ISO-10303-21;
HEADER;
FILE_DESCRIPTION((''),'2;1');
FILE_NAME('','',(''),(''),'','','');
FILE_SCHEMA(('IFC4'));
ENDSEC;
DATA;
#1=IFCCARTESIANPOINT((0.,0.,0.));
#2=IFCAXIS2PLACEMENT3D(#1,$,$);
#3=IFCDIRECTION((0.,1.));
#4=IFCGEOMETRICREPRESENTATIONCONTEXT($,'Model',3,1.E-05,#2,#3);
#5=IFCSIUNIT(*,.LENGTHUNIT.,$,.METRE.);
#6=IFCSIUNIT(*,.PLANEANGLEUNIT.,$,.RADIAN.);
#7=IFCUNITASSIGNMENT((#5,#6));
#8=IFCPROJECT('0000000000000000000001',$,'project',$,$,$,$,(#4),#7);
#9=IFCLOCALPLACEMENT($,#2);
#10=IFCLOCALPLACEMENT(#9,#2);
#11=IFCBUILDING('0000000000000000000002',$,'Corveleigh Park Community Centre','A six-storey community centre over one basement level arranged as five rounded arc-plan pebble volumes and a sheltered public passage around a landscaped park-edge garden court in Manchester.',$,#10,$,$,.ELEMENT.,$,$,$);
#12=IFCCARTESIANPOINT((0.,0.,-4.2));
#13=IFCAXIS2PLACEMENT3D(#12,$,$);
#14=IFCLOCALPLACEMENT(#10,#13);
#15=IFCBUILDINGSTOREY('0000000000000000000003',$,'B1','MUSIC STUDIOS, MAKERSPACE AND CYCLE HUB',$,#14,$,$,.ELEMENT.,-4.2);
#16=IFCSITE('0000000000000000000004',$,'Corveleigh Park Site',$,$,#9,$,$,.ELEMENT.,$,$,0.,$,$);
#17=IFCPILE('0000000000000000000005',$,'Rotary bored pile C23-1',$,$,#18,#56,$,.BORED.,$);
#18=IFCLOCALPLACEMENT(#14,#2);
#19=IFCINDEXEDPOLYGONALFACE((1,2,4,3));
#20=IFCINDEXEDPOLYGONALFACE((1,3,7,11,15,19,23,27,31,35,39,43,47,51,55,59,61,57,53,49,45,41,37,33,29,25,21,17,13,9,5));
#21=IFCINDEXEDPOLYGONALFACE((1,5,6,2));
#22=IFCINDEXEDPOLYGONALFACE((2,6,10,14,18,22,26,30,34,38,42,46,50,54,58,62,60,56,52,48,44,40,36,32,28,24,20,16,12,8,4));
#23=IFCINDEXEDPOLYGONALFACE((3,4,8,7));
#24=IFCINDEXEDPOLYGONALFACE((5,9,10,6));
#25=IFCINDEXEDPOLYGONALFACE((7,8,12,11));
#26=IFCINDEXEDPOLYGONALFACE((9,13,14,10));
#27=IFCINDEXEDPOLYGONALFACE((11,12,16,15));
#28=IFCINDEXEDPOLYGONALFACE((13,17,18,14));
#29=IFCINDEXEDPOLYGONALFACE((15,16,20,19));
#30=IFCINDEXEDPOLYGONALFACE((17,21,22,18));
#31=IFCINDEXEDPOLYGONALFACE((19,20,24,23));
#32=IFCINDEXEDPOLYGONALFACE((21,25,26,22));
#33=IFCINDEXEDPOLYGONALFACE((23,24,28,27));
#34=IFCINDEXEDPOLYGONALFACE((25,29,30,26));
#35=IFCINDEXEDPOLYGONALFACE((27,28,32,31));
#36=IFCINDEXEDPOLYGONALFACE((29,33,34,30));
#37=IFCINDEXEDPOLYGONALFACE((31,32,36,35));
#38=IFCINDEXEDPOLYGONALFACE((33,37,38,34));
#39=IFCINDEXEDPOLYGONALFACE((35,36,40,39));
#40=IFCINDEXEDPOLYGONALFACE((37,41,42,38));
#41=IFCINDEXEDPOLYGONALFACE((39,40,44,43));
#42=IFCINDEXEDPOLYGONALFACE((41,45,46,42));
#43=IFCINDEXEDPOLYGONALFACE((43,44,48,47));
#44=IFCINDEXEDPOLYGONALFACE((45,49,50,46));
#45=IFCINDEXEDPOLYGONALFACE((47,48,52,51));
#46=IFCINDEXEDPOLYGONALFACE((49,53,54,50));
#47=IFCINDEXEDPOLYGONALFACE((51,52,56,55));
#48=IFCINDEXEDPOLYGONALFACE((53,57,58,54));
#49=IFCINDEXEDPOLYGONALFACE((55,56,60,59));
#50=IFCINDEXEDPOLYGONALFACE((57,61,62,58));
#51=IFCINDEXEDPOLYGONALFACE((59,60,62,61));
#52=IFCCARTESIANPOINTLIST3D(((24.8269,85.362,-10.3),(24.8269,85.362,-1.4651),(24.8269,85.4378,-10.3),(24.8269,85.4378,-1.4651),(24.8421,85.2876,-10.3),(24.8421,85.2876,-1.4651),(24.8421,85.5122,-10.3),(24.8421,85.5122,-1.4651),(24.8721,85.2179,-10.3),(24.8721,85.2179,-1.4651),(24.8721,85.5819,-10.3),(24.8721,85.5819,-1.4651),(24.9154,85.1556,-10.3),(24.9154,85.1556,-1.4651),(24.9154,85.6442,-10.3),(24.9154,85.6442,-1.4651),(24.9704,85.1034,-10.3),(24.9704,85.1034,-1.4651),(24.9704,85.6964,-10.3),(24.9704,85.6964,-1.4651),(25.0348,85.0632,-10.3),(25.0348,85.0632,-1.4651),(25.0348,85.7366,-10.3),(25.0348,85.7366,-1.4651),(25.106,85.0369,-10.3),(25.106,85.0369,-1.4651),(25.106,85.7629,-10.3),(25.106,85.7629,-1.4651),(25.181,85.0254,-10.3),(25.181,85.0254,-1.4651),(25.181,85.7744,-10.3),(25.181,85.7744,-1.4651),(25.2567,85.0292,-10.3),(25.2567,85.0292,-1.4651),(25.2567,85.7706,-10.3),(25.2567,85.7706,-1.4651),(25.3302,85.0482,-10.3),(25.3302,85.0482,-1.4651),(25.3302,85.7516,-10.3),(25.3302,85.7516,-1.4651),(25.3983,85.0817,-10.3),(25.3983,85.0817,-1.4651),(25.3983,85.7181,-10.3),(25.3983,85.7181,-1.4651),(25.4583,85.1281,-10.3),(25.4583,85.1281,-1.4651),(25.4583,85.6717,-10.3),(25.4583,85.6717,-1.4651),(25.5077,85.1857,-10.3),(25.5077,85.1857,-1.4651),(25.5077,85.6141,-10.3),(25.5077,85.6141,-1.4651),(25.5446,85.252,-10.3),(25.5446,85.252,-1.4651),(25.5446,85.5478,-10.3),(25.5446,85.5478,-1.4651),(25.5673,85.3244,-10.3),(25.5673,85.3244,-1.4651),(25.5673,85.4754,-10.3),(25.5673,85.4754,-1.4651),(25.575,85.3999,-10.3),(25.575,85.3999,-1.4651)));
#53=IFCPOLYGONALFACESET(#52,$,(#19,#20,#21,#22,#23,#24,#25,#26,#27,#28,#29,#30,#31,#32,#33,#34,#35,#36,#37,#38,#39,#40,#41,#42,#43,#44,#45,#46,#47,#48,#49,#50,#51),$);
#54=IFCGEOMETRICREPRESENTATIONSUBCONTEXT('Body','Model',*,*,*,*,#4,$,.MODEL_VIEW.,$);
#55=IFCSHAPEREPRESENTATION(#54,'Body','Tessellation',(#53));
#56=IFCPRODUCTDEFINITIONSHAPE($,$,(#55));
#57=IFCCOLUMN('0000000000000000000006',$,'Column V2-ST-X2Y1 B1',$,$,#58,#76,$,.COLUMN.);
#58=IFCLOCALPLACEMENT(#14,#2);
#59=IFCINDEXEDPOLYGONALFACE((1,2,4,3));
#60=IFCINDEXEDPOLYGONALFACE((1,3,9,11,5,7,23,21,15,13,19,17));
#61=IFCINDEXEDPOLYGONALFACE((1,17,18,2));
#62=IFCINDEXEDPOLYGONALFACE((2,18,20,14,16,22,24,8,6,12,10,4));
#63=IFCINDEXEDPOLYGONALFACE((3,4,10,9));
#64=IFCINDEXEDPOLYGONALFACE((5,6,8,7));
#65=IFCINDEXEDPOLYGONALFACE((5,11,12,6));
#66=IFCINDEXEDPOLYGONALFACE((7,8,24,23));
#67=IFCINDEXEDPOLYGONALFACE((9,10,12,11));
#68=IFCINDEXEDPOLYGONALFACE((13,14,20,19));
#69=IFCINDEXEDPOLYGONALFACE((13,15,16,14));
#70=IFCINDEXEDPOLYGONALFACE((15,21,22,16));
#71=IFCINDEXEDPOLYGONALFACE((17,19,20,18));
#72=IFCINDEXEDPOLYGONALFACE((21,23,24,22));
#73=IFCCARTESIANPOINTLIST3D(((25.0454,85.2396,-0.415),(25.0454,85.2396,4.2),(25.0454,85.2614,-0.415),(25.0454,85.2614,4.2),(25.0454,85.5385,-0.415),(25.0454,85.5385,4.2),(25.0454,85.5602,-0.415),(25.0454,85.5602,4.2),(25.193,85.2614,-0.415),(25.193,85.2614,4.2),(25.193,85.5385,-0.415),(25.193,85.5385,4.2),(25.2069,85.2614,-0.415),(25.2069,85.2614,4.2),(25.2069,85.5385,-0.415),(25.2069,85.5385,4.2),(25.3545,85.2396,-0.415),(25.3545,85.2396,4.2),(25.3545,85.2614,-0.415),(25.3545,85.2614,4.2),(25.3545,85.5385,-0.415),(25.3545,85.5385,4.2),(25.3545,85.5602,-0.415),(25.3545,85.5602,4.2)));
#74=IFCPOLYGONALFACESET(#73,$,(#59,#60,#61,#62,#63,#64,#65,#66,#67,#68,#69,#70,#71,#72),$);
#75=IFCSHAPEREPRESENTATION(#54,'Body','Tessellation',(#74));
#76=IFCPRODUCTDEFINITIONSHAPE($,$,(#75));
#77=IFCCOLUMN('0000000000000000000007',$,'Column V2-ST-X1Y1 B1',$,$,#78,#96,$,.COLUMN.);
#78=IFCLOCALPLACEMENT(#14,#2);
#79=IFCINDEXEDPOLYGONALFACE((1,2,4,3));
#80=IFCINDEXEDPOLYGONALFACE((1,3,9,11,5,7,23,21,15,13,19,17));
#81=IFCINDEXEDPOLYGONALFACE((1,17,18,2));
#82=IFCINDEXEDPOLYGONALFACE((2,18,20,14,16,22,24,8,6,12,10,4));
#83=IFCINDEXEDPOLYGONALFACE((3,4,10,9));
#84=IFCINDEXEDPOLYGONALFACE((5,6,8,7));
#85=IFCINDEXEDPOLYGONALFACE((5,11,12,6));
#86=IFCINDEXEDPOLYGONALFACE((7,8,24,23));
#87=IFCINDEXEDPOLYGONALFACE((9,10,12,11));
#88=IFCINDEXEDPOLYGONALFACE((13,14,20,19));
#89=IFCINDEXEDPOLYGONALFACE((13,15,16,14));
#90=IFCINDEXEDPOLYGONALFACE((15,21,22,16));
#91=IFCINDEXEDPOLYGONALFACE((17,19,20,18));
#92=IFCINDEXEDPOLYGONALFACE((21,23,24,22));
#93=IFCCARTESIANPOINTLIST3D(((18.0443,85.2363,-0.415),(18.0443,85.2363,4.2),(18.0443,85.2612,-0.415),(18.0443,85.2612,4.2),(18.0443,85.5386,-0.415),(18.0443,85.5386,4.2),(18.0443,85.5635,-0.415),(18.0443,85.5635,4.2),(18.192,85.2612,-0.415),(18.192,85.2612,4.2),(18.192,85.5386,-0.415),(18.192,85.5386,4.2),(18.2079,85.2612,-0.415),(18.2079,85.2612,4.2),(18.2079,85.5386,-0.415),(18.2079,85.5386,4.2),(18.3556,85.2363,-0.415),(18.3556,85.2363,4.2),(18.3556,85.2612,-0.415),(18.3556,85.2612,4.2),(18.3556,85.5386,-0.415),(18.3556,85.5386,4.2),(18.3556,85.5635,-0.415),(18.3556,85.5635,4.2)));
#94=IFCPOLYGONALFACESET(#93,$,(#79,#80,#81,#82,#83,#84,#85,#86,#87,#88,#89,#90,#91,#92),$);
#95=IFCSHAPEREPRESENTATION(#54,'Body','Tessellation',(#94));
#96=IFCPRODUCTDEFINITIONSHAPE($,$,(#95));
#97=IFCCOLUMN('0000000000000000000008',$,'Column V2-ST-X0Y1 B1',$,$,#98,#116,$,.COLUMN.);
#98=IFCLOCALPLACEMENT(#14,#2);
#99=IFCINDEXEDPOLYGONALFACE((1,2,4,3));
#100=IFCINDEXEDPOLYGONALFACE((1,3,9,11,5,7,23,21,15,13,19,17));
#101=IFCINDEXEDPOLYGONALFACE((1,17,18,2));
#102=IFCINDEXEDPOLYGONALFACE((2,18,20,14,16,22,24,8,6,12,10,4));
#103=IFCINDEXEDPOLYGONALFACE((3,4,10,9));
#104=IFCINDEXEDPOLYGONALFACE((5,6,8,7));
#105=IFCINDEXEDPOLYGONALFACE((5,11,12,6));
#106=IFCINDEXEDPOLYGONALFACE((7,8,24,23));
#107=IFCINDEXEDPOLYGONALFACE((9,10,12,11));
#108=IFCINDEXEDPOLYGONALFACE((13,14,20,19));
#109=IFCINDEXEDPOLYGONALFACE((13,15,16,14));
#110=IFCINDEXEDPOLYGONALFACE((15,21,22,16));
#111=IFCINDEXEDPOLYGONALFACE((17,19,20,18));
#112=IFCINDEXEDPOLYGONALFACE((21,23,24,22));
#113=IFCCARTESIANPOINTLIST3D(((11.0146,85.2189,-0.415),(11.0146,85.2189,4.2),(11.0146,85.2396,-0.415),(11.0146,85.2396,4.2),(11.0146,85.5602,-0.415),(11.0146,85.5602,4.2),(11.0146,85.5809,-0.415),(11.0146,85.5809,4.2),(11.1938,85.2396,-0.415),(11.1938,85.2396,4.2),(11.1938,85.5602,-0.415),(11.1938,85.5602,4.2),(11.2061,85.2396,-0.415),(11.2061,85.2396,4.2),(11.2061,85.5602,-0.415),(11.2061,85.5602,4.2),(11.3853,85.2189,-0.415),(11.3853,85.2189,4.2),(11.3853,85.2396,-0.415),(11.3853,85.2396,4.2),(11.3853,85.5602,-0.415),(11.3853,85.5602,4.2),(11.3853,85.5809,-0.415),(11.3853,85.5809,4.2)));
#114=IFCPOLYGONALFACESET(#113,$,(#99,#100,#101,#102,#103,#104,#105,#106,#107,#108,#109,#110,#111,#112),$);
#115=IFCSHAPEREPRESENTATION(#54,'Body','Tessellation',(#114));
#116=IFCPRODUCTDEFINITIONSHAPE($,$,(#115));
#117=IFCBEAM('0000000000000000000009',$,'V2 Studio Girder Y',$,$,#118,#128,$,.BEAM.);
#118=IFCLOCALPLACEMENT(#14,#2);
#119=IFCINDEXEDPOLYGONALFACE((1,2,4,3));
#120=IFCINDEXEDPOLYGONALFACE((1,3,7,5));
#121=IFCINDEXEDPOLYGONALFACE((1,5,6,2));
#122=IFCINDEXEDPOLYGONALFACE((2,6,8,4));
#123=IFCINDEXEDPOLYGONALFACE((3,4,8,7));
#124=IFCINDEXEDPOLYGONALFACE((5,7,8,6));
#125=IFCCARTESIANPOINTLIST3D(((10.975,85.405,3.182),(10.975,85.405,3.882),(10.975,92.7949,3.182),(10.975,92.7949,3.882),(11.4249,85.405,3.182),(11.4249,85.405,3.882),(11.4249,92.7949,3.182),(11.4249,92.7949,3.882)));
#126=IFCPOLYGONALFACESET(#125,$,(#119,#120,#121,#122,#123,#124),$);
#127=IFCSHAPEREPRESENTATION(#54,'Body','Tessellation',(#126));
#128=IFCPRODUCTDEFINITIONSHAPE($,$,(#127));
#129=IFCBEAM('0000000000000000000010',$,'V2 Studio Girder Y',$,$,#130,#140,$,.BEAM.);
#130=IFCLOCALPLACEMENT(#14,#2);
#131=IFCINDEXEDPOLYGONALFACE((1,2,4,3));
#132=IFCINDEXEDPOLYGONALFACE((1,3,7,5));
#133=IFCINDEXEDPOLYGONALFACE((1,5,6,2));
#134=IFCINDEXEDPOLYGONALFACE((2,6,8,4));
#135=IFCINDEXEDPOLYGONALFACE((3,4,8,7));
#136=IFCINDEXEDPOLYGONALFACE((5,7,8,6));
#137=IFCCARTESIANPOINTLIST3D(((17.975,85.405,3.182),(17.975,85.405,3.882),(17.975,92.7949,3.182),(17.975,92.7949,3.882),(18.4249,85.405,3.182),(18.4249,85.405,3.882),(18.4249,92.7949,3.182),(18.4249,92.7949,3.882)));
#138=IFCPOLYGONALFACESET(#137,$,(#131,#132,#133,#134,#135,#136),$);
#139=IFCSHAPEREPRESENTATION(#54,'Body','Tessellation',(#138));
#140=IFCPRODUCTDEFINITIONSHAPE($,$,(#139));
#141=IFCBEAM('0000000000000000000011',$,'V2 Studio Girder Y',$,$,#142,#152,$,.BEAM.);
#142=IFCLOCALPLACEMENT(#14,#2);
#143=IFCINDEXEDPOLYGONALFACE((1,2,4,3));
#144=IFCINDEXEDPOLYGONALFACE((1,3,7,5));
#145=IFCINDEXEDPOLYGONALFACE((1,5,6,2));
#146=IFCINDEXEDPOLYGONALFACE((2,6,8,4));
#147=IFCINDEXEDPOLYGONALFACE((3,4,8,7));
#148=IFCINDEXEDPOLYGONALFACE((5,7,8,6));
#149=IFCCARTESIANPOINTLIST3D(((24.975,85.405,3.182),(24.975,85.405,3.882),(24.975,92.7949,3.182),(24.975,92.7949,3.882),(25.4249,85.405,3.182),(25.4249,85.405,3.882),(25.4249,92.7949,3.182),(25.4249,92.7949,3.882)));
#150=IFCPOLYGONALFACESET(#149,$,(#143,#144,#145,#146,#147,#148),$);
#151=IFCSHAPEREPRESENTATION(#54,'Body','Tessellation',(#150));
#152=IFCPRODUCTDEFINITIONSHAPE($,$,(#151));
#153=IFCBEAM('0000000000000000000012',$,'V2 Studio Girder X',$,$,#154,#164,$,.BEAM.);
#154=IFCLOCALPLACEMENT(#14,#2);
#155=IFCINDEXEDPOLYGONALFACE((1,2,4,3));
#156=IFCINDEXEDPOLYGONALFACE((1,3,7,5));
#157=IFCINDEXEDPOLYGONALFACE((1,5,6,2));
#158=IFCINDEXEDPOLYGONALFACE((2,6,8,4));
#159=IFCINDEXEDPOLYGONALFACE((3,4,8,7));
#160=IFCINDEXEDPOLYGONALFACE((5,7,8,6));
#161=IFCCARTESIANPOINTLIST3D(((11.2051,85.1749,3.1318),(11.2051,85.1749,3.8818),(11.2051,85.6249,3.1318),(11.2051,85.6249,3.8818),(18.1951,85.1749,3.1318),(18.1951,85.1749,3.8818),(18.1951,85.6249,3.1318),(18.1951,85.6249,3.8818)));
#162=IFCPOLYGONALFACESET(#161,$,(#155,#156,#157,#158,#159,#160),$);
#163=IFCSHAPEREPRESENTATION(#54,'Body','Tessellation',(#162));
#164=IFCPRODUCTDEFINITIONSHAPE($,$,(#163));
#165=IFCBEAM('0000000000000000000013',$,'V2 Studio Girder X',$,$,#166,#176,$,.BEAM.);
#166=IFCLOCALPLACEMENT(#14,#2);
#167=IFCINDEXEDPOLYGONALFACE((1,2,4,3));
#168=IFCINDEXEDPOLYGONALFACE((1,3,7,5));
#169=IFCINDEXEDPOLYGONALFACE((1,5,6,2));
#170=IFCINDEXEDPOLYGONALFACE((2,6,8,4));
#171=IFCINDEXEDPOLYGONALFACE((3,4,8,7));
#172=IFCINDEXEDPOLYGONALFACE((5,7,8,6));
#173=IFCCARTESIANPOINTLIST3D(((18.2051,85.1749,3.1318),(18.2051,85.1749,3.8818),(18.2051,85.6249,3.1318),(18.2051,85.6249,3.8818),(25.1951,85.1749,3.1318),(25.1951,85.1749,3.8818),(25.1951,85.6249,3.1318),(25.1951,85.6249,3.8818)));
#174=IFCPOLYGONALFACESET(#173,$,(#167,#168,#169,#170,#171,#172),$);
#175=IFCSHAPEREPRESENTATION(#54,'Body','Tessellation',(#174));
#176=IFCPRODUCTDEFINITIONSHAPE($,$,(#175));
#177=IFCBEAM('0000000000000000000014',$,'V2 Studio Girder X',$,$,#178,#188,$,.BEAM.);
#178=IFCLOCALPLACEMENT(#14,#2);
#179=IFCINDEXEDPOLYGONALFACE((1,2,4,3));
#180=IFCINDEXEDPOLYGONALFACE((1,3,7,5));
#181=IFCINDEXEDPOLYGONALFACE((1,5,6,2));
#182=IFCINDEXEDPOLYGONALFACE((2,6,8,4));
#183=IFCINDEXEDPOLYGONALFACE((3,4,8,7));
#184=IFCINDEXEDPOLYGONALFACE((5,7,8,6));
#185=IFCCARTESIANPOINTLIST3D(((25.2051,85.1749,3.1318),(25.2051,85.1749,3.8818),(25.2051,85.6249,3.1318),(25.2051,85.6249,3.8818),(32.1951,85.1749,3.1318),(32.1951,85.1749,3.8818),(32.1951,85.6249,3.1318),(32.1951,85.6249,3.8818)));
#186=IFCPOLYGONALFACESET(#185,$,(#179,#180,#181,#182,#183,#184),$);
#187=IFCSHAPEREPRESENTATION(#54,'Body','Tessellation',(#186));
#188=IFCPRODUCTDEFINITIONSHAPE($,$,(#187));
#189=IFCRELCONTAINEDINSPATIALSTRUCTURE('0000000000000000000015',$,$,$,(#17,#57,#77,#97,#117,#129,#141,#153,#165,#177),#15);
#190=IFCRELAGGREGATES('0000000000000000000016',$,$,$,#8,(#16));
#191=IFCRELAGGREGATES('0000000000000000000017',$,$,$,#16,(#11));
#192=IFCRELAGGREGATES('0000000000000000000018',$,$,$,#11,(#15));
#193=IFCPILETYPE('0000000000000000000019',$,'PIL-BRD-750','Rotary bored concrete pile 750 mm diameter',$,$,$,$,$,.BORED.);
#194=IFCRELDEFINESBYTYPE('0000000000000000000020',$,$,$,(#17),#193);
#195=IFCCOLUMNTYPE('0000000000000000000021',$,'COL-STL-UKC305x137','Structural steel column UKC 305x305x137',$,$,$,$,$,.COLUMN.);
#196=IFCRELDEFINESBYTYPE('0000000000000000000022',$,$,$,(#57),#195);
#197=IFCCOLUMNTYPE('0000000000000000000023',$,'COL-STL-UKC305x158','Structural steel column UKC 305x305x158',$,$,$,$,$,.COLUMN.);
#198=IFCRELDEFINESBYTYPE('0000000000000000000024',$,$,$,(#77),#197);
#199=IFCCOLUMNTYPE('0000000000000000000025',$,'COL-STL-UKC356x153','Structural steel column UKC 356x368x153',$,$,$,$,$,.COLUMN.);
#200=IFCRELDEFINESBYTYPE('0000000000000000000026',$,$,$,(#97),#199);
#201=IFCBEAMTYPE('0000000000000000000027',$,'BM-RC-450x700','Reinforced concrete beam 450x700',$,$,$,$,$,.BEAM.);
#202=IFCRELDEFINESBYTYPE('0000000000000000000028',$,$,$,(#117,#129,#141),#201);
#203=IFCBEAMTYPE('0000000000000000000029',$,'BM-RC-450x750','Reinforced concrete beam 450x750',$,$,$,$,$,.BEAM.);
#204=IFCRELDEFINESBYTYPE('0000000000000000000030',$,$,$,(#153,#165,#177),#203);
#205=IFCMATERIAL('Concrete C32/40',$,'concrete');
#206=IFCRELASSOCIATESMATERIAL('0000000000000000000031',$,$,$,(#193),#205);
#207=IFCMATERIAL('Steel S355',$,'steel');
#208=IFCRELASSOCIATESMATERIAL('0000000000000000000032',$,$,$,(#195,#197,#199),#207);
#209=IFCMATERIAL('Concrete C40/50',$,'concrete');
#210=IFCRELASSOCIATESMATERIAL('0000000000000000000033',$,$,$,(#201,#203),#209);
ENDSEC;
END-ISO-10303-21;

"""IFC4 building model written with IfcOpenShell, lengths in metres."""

from ifc_helpers import new_model, si_unit, direction, frame, origin, origin_2d, place, context, subcontext, project, spatial, rectangle, circle, i_section, extrude, material, material_profile, profile_set, type_object, element, save


model = new_model("IFC4")

# Units and contexts
model_context = context("Model", 3, precision=1e-05, world=origin(), true_north=direction((0.0, 1.0)))
body_context = subcontext(model_context, "Body", "Model", "MODEL_VIEW")
ifc_project = project(units=[si_unit("LENGTHUNIT", "METRE"), si_unit("PLANEANGLEUNIT", "RADIAN")], contexts=[model_context])

# Site, building, storey
site_placement = place(None, origin())
site = spatial("IfcSite", under=ifc_project, at=site_placement, Name="Corveleigh Park Site", CompositionType="ELEMENT", RefElevation=0.0)
building_placement = place(site_placement, origin())
building = spatial("IfcBuilding", under=site, at=building_placement, Name="Corveleigh Park Community Centre", Description="A six-storey community centre over one basement level arranged as five rounded arc-plan pebble volumes and a sheltered public passage around a landscaped park-edge garden court in Manchester.", CompositionType="ELEMENT")
storey_placement = place(building_placement, frame((0.0, 0.0, -4.2)))
storey = spatial("IfcBuildingStorey", under=building, at=storey_placement, Name="B1", Description="MUSIC STUDIOS, MAKERSPACE AND CYCLE HUB", CompositionType="ELEMENT", Elevation=-4.2)

# Shared definitions
ifc_material_1 = material(Name="Concrete C40/50", Category="concrete")

# Pile
ifc_material_2 = material(Name="Concrete C32/40", Category="concrete")
ifc_material_profile_1 = material_profile(ifc_material_2, circle(Radius=0.375, at=origin_2d()), Name="BORED-PILE-750", Category="concrete")
ifc_profile_set_1 = profile_set([ifc_material_profile_1], Name="Concrete C32/40")
pile_type = type_object("IfcPileType", Name="PIL-BRD-750", Description="Rotary bored concrete pile 750 mm diameter", PredefinedType="BORED", material=ifc_profile_set_1)
for number, where, z_axis, x_axis, name in (
    (1, (25.2, 85.3999, -1.4651), (0.0, 0.0, -1.0), (1.0, 0.0, 0.0), "Rotary bored pile C23-1"),
):
    element("IfcPile", number, at=place(storey_placement, frame(where, z_axis=z_axis, x_axis=x_axis)), inside=storey, type_object=pile_type, Name=name, PredefinedType="BORED", context=body_context, shape_type="SweptSolid", body=[
        extrude(circle(Radius=0.375, at=origin_2d()), origin(), (0.0, 0.0, 1.0), 8.835),
    ])

# Columns
ifc_material_3 = material(Name="Steel S355", Category="steel")
ifc_material_profile_2 = material_profile(ifc_material_3, i_section(OverallWidth=0.3091, OverallDepth=0.3206, WebThickness=0.0139, FlangeThickness=0.0217, at=origin_2d()), Name="UKC 305x305x137", Category="steel")
ifc_profile_set_2 = profile_set([ifc_material_profile_2], Name="Steel S355")
column_type_1 = type_object("IfcColumnType", Name="COL-STL-UKC305x137", Description="Structural steel column UKC 305x305x137", PredefinedType="COLUMN", material=ifc_profile_set_2)
column_1_placement = place(storey_placement, frame((25.2, 85.3999, -0.415), z_axis=(0.0, 0.0, 1.0), x_axis=(1.0, 0.0, 0.0)))
element("IfcColumn", 2, at=column_1_placement, inside=storey, type_object=column_type_1, Name="Column V2-ST-X2Y1 B1", PredefinedType="COLUMN", context=body_context, shape_type="SweptSolid", body=[
    extrude(i_section(OverallWidth=0.3091, OverallDepth=0.3206, WebThickness=0.0139, FlangeThickness=0.0217, at=origin_2d()), origin(), (0.0, 0.0, 1.0), 4.615),
])
ifc_material_profile_3 = material_profile(ifc_material_3, i_section(OverallWidth=0.3113, OverallDepth=0.3271, WebThickness=0.0159, FlangeThickness=0.0249, at=origin_2d()), Name="UKC 305x305x158", Category="steel")
ifc_profile_set_3 = profile_set([ifc_material_profile_3], Name="Steel S355")
column_type_2 = type_object("IfcColumnType", Name="COL-STL-UKC305x158", Description="Structural steel column UKC 305x305x158", PredefinedType="COLUMN", material=ifc_profile_set_3)
column_2_placement = place(storey_placement, frame((18.2, 85.3999, -0.415), z_axis=(0.0, 0.0, 1.0), x_axis=(1.0, 0.0, 0.0)))
element("IfcColumn", 3, at=column_2_placement, inside=storey, type_object=column_type_2, Name="Column V2-ST-X1Y1 B1", PredefinedType="COLUMN", context=body_context, shape_type="SweptSolid", body=[
    extrude(i_section(OverallWidth=0.3113, OverallDepth=0.3271, WebThickness=0.0159, FlangeThickness=0.0249, at=origin_2d()), origin(), (0.0, 0.0, 1.0), 4.615),
])
ifc_material_profile_4 = material_profile(ifc_material_3, i_section(OverallWidth=0.3706, OverallDepth=0.3621, WebThickness=0.0122, FlangeThickness=0.0208, at=origin_2d()), Name="UKC 356x368x153", Category="steel")
ifc_profile_set_4 = profile_set([ifc_material_profile_4], Name="Steel S355")
column_type_3 = type_object("IfcColumnType", Name="COL-STL-UKC356x153", Description="Structural steel column UKC 356x368x153", PredefinedType="COLUMN", material=ifc_profile_set_4)
column_3_placement = place(storey_placement, frame((11.2, 85.3999, -0.415), z_axis=(0.0, 0.0, 1.0), x_axis=(1.0, 0.0, 0.0)))
element("IfcColumn", 4, at=column_3_placement, inside=storey, type_object=column_type_3, Name="Column V2-ST-X0Y1 B1", PredefinedType="COLUMN", context=body_context, shape_type="SweptSolid", body=[
    extrude(i_section(OverallWidth=0.3706, OverallDepth=0.3621, WebThickness=0.0122, FlangeThickness=0.0208, at=origin_2d()), origin(), (0.0, 0.0, 1.0), 4.615),
])

# Beams
ifc_material_profile_5 = material_profile(ifc_material_1, rectangle(XDim=0.45, YDim=0.7, at=origin_2d()), Name="RC-450x700", Category="concrete")
ifc_profile_set_5 = profile_set([ifc_material_profile_5], Name="Concrete C40/50")
beam_type_1 = type_object("IfcBeamType", Name="BM-RC-450x700", Description="Reinforced concrete beam 450x700", PredefinedType="BEAM", material=ifc_profile_set_5)
for number, where, z_axis, x_axis, name in (
    (5, (11.2, 85.405, 3.532), (0.0, 1.0, 0.0), (-1.0, 0.0, 0.0), "V2 Studio Girder Y"),
    (6, (18.2, 85.405, 3.532), (0.0, 1.0, 0.0), (-1.0, 0.0, 0.0), "V2 Studio Girder Y"),
    (7, (25.2, 85.405, 3.532), (0.0, 1.0, 0.0), (-1.0, 0.0, 0.0), "V2 Studio Girder Y"),
):
    element("IfcBeam", number, at=place(storey_placement, frame(where, z_axis=z_axis, x_axis=x_axis)), inside=storey, type_object=beam_type_1, Name=name, PredefinedType="BEAM", context=body_context, shape_type="SweptSolid", body=[
        extrude(rectangle(XDim=0.45, YDim=0.7, at=origin_2d()), origin(), (0.0, 0.0, 1.0), 7.3899),
    ])
ifc_material_profile_6 = material_profile(ifc_material_1, rectangle(XDim=0.45, YDim=0.75, at=origin_2d()), Name="RC-450x750", Category="concrete")
ifc_profile_set_6 = profile_set([ifc_material_profile_6], Name="Concrete C40/50")
beam_type_2 = type_object("IfcBeamType", Name="BM-RC-450x750", Description="Reinforced concrete beam 450x750", PredefinedType="BEAM", material=ifc_profile_set_6)
for number, where, z_axis, x_axis, name in (
    (8, (11.2051, 85.3999, 3.5068), (1.0, 0.0, 0.0), (0.0, 1.0, 0.0), "V2 Studio Girder X"),
    (9, (18.2051, 85.3999, 3.5068), (1.0, 0.0, 0.0), (0.0, 1.0, 0.0), "V2 Studio Girder X"),
    (10, (25.2051, 85.3999, 3.5068), (1.0, 0.0, 0.0), (0.0, 1.0, 0.0), "V2 Studio Girder X"),
):
    element("IfcBeam", number, at=place(storey_placement, frame(where, z_axis=z_axis, x_axis=x_axis)), inside=storey, type_object=beam_type_2, Name=name, PredefinedType="BEAM", context=body_context, shape_type="SweptSolid", body=[
        extrude(rectangle(XDim=0.45, YDim=0.75, at=origin_2d()), origin(), (0.0, 0.0, 1.0), 6.99),
    ])

save(model, "model.ifc")
